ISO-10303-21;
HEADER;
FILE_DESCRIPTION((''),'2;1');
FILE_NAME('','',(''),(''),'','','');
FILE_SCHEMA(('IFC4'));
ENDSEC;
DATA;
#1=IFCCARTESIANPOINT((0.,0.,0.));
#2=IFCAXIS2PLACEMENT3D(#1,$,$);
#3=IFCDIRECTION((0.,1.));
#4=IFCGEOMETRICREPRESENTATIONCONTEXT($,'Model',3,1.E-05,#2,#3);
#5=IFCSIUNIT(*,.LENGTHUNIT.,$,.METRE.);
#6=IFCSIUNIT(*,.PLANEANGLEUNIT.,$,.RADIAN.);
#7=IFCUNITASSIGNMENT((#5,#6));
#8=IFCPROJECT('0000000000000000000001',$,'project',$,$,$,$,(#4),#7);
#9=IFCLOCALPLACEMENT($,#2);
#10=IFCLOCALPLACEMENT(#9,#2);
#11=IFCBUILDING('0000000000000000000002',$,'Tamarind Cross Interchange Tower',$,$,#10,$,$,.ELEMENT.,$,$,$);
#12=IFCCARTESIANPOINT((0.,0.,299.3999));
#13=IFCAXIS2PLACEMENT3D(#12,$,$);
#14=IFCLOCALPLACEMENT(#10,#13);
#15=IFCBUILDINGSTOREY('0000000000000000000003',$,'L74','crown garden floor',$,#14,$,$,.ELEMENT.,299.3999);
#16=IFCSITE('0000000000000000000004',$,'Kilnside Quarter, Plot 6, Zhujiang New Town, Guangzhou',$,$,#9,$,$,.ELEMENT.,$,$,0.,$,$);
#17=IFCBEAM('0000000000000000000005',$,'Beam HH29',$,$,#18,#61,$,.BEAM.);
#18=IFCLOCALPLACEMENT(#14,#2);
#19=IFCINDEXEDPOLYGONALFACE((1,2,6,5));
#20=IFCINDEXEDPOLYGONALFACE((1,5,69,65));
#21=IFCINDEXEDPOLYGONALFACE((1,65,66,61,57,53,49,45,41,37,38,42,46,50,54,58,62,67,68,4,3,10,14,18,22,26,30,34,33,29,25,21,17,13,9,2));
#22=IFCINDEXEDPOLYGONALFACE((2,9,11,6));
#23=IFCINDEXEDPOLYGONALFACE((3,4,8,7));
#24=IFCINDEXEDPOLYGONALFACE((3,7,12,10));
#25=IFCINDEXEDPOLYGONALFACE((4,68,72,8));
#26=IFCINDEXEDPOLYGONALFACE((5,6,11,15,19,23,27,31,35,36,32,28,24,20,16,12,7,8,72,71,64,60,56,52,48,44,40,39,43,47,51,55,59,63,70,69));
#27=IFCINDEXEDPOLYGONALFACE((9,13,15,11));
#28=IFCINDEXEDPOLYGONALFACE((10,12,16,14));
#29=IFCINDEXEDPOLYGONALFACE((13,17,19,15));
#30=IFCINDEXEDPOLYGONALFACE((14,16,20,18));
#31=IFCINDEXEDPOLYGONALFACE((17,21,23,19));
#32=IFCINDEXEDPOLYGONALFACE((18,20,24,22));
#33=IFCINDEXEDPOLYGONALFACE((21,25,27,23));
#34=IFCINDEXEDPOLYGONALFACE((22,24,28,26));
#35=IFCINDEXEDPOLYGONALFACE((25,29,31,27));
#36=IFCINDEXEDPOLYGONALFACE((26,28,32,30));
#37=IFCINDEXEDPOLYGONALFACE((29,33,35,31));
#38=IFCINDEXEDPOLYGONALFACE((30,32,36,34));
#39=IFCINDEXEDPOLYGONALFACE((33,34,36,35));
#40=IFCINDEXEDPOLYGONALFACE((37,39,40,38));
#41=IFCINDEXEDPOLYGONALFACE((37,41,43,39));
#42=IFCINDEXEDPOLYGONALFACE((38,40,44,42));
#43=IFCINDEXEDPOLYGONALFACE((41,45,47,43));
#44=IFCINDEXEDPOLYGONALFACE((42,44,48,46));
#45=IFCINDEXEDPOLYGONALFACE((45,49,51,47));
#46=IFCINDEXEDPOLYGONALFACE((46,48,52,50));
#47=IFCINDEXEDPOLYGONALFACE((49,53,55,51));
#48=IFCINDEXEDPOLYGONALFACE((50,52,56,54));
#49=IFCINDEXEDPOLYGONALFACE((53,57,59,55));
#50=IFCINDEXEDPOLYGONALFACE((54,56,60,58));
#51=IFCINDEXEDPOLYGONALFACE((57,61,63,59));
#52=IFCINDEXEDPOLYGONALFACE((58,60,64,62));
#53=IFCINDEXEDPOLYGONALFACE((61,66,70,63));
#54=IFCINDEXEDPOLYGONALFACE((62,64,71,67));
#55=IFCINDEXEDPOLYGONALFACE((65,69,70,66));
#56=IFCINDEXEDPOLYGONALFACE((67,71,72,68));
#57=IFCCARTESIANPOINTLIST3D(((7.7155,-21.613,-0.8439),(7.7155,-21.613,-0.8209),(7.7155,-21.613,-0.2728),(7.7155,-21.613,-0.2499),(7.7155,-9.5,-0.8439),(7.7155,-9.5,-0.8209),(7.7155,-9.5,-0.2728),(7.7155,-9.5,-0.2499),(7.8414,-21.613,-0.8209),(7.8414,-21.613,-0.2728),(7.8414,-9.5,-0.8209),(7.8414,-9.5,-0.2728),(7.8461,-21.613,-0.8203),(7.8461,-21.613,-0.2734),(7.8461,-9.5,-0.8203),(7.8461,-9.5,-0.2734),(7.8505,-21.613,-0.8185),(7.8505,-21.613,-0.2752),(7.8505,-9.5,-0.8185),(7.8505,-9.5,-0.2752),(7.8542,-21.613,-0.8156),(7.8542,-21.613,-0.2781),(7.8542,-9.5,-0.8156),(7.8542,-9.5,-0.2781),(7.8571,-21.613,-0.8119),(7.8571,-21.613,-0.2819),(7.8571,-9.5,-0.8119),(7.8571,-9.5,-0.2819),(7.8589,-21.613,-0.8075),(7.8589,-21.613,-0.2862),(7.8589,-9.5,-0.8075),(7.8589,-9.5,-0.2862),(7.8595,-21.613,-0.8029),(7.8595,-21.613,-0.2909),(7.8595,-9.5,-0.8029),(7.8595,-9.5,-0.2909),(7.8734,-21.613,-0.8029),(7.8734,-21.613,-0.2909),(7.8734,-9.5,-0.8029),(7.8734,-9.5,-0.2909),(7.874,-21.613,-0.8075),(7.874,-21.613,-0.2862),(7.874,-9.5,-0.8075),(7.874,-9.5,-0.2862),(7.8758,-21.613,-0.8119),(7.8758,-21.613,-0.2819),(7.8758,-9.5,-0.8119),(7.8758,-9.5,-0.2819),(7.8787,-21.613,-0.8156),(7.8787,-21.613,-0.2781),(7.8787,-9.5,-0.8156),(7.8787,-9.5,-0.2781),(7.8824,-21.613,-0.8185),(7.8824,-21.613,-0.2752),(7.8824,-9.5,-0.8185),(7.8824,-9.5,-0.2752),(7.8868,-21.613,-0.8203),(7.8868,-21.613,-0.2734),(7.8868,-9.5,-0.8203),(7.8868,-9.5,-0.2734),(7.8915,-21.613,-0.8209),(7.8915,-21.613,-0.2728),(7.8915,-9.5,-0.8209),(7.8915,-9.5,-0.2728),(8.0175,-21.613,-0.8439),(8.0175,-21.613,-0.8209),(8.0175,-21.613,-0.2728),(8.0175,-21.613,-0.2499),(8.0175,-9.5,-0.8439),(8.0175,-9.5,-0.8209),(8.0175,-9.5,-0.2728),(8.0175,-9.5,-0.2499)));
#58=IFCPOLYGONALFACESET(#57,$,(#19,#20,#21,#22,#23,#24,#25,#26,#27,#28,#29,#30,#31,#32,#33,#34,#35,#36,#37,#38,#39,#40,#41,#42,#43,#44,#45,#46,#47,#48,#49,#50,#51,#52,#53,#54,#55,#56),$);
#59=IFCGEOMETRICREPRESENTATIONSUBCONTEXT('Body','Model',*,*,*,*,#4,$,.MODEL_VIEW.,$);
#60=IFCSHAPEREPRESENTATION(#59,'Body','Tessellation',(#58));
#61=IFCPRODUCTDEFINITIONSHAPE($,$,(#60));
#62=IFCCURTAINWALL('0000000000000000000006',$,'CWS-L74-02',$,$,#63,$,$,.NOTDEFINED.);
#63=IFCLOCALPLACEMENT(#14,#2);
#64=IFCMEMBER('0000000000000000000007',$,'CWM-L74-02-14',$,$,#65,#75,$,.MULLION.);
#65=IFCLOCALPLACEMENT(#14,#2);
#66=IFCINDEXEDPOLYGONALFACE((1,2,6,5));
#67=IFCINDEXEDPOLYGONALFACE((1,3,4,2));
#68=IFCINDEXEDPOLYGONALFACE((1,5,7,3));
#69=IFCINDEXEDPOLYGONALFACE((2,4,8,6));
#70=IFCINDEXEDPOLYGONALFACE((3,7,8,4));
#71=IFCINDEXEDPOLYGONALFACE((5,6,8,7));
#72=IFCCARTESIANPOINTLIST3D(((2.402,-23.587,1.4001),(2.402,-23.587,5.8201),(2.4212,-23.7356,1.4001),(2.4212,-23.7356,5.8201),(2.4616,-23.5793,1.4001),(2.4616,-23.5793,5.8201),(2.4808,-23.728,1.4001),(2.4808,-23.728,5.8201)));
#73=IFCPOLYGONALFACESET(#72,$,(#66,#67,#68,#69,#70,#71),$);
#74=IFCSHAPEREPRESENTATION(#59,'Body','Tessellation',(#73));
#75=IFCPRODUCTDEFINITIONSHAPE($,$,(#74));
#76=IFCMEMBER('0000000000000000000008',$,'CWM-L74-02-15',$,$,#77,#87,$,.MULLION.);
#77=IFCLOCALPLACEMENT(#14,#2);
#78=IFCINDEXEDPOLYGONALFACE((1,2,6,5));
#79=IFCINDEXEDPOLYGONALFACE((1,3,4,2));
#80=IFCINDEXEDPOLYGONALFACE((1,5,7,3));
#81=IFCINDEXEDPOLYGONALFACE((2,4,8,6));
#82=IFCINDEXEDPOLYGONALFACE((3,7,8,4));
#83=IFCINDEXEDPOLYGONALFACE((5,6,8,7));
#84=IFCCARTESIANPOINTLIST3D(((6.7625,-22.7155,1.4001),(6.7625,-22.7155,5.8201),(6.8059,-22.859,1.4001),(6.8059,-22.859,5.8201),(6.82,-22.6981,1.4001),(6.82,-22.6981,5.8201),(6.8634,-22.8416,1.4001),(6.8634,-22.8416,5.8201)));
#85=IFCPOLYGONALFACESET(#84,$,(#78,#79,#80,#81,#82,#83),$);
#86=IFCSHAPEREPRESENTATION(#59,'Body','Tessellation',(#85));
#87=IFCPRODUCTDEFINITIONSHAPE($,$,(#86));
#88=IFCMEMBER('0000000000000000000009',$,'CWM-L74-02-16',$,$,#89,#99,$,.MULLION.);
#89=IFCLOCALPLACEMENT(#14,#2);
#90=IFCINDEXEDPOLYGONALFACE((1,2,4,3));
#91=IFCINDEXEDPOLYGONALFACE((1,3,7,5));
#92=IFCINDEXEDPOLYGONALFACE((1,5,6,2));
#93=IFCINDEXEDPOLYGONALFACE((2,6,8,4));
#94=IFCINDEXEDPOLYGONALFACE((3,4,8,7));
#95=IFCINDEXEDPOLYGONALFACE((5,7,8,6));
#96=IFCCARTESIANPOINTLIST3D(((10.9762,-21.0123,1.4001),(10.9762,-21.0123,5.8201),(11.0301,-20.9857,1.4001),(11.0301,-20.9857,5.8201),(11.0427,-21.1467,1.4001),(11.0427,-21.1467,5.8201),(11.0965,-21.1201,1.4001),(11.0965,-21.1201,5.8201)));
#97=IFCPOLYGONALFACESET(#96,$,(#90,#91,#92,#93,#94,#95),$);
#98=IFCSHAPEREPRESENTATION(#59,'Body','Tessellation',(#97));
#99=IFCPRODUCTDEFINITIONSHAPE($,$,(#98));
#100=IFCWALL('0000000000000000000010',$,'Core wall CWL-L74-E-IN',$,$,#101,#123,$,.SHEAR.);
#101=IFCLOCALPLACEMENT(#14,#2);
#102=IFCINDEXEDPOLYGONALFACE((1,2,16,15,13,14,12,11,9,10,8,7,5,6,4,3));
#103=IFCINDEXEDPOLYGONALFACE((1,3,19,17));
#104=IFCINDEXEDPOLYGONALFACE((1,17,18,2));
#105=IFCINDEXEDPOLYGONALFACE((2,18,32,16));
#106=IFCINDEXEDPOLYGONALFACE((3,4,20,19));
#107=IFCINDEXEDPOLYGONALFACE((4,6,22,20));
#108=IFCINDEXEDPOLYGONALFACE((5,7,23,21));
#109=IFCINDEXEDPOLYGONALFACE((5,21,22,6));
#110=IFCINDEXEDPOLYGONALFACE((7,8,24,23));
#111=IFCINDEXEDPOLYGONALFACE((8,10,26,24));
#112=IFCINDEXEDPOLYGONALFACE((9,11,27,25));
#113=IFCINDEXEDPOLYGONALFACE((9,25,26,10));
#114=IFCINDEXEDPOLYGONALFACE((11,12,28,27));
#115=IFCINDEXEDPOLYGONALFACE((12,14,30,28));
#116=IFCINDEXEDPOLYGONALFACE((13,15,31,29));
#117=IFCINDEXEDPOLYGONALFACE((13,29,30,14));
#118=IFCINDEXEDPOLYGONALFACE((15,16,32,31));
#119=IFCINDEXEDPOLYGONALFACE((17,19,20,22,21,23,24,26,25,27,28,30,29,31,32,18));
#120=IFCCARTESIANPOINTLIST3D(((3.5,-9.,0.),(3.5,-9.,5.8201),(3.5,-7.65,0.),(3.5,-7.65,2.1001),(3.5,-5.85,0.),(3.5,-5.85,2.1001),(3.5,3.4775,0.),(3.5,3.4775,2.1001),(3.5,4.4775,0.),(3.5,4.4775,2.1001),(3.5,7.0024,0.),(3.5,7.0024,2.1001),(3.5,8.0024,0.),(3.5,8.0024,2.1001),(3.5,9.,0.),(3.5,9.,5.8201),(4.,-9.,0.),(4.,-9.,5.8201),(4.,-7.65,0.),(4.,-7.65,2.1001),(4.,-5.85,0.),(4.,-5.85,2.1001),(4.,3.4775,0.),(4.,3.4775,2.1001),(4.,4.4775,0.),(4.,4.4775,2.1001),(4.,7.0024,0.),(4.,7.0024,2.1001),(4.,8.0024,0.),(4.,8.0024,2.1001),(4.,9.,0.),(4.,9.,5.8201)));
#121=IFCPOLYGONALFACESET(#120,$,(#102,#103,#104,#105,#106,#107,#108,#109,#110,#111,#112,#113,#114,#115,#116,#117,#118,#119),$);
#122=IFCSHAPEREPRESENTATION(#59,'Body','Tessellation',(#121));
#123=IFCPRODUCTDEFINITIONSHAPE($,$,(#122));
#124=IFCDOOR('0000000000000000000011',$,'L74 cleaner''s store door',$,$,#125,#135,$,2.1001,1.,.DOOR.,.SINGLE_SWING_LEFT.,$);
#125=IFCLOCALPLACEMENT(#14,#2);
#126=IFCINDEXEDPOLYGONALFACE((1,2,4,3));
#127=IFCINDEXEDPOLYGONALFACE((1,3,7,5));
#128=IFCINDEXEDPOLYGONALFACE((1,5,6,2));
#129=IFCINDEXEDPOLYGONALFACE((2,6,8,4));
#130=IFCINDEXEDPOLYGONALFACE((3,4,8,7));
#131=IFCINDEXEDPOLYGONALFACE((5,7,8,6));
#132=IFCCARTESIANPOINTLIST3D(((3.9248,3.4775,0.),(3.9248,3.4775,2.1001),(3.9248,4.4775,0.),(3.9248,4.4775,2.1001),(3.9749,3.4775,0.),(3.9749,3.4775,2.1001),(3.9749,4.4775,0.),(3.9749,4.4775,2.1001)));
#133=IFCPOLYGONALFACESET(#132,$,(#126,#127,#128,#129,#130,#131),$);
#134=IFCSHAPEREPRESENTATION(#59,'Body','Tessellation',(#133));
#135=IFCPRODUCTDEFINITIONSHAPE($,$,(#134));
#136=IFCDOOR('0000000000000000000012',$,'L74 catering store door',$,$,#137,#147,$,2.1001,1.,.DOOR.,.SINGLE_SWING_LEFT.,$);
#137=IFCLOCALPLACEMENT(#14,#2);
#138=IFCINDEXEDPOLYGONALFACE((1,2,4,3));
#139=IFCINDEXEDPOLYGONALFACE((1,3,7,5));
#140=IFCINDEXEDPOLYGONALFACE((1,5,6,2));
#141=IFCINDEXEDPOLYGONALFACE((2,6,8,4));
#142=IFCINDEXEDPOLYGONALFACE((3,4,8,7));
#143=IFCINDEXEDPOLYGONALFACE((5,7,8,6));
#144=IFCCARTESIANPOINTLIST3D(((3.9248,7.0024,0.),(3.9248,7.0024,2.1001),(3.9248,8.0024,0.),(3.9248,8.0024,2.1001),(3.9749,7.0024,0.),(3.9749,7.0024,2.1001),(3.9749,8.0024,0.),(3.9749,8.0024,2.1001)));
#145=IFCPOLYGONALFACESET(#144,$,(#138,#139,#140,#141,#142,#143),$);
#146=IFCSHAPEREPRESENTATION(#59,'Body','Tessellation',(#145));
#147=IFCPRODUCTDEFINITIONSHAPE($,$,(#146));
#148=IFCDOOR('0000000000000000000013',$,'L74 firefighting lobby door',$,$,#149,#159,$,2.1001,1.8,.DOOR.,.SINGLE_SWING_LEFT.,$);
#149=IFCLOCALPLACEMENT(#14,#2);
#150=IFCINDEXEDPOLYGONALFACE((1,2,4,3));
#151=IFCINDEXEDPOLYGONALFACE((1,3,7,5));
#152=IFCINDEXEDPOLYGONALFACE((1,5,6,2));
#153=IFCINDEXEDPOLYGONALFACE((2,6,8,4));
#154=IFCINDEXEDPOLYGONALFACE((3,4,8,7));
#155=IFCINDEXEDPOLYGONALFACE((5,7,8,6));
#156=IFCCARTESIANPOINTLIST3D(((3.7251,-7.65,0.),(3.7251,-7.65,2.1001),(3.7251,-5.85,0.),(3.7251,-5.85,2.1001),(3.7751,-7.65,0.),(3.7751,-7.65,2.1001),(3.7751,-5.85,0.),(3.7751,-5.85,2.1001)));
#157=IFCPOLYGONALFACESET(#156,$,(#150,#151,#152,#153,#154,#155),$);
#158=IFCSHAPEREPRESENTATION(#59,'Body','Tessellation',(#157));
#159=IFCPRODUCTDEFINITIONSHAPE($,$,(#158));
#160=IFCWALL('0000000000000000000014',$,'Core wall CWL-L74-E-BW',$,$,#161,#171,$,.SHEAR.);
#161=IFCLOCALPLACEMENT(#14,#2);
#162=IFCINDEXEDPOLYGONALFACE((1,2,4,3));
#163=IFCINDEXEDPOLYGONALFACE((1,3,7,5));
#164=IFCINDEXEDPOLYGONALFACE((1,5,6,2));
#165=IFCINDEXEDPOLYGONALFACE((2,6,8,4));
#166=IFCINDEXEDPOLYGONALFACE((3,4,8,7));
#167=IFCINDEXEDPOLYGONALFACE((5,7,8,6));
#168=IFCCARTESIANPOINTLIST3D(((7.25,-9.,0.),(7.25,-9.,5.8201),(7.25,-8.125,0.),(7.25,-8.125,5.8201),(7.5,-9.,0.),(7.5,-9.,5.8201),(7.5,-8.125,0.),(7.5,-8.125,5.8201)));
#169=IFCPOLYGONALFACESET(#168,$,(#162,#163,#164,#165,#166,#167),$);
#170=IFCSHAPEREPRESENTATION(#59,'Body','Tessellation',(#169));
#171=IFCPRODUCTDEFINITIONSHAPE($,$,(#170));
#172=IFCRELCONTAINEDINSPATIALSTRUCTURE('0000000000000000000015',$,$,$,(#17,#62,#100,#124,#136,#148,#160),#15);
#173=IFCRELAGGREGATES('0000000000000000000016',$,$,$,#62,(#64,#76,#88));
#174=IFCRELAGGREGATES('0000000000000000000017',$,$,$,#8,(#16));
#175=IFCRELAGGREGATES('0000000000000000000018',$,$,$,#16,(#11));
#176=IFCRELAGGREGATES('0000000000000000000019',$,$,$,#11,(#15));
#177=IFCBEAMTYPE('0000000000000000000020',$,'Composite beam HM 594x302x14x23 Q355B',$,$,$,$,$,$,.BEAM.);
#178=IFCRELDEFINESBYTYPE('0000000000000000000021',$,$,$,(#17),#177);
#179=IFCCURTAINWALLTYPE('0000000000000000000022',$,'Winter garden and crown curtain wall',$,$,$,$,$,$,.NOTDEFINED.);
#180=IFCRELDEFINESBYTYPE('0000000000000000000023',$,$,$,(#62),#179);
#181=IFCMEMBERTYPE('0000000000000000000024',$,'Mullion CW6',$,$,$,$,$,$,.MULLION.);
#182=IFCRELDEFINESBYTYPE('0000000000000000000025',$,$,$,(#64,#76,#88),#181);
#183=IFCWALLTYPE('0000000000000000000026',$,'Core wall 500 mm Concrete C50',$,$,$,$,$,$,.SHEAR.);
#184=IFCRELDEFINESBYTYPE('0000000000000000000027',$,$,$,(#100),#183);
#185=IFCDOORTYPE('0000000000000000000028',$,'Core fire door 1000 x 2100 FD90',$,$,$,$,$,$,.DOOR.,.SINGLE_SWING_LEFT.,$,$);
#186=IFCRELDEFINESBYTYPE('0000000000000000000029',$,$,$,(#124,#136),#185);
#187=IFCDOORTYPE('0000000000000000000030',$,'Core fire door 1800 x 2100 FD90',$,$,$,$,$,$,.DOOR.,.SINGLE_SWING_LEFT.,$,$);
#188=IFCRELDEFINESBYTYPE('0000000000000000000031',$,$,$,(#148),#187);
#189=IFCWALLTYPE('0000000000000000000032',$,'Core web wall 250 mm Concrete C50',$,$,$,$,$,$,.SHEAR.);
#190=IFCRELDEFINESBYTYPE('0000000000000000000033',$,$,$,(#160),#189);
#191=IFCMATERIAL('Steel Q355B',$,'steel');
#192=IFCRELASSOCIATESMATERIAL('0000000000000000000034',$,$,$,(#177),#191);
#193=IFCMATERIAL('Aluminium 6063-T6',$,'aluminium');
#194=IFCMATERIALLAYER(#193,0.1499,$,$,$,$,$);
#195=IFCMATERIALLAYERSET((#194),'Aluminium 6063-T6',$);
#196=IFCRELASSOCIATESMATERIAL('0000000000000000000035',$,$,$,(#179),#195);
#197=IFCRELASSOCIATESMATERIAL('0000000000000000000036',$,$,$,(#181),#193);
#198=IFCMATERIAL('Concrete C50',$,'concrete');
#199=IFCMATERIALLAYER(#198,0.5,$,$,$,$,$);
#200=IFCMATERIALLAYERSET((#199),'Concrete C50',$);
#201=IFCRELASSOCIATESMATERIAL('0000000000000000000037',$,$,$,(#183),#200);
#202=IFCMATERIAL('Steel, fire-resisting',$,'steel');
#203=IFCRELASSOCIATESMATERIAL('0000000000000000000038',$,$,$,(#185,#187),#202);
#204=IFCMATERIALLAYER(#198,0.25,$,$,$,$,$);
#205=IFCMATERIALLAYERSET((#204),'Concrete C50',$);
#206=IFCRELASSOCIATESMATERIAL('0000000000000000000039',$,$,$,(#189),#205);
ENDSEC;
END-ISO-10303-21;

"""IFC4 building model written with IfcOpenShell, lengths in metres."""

from ifc_helpers import new_model, si_unit, direction, frame, frame_2d, origin, origin_2d, place, context, subcontext, project, spatial, rectangle, i_section, extrude, material, layer, layer_set, material_profile, profile_set, type_object, element, fill, aggregate, save


model = new_model("IFC4")

# Units and contexts
model_context = context("Model", 3, precision=1e-05, world=origin(), true_north=direction((0.0, 1.0)))
body_context = subcontext(model_context, "Body", "Model", "MODEL_VIEW")
ifc_project = project(units=[si_unit("LENGTHUNIT", "METRE"), si_unit("PLANEANGLEUNIT", "RADIAN")], contexts=[model_context])

# Site, building, storey
site_placement = place(None, origin())
site = spatial("IfcSite", under=ifc_project, at=site_placement, Name="Kilnside Quarter, Plot 6, Zhujiang New Town, Guangzhou", CompositionType="ELEMENT", RefElevation=0.0)
building_placement = place(site_placement, origin())
building = spatial("IfcBuilding", under=site, at=building_placement, Name="Tamarind Cross Interchange Tower", CompositionType="ELEMENT")
storey_placement = place(building_placement, frame((0.0, 0.0, 299.3999)))
storey = spatial("IfcBuildingStorey", under=building, at=storey_placement, Name="L74", Description="crown garden floor", CompositionType="ELEMENT", Elevation=299.3999)

# Beam
ifc_material_1 = material(Name="Steel Q355B", Category="steel")
ifc_material_profile_1 = material_profile(ifc_material_1, i_section(OverallWidth=0.302, OverallDepth=0.594, WebThickness=0.0139, FlangeThickness=0.0229, FilletRadius=0.0181, at=origin_2d()), Name="HM 594x302x14x23")
ifc_profile_set_1 = profile_set([ifc_material_profile_1], Name="Steel Q355B")
beam_type = type_object("IfcBeamType", Name="Composite beam HM 594x302x14x23 Q355B", PredefinedType="BEAM", material=ifc_profile_set_1)
beam_1_placement = place(storey_placement, frame((7.8665, -21.613, -0.5469), z_axis=(0.0, 1.0, 0.0), x_axis=(-1.0, 0.0, 0.0)))
element("IfcBeam", 1, at=beam_1_placement, inside=storey, type_object=beam_type, Name="Beam HH29", PredefinedType="BEAM", context=body_context, shape_type="SweptSolid", body=[
    extrude(i_section(OverallWidth=0.302, OverallDepth=0.594, WebThickness=0.0139, FlangeThickness=0.0229, FilletRadius=0.0181, at=origin_2d()), origin(), (0.0, 0.0, 1.0), 12.113),
])

# Curtain wall, members
ifc_material_2 = material(Name="Aluminium 6063-T6", Category="aluminium")
ifc_layer_1 = layer(ifc_material_2, 0.1499)
ifc_layer_set_1 = layer_set([ifc_layer_1], Name="Aluminium 6063-T6")
curtain_wall_type = type_object("IfcCurtainWallType", Name="Winter garden and crown curtain wall", PredefinedType="NOTDEFINED", material=ifc_layer_set_1)
curtain_wall_placement = place(storey_placement, origin())
curtain_wall = element("IfcCurtainWall", 2, at=curtain_wall_placement, inside=storey, type_object=curtain_wall_type, Name="CWS-L74-02", PredefinedType="NOTDEFINED")
ifc_material_profile_2 = material_profile(ifc_material_2, rectangle(XDim=0.0601, YDim=0.1499, at=origin_2d()), Name="Mullion CW6")
ifc_profile_set_2 = profile_set([ifc_material_profile_2], Name="Aluminium 6063-T6")
member_type = type_object("IfcMemberType", Name="Mullion CW6", PredefinedType="MULLION", material=ifc_profile_set_2)
member_1_placement = place(storey_placement, frame((2.4414, -23.6575, 1.4001), z_axis=(0.0, 0.0, 1.0), x_axis=(0.991779, 0.127962, 0.0)))
member_1 = element("IfcMember", 3, at=member_1_placement, type_object=member_type, Name="CWM-L74-02-14", PredefinedType="MULLION", context=body_context, shape_type="SweptSolid", body=[
    extrude(rectangle(XDim=0.0601, YDim=0.1499, at=origin_2d()), origin(), (0.0, 0.0, 1.0), 4.4199),
])
member_2_placement = place(storey_placement, frame((6.813, -22.7786, 1.4001), z_axis=(0.0, 0.0, 1.0), x_axis=(0.957191, 0.289458, 0.0)))
member_2 = element("IfcMember", 4, at=member_2_placement, type_object=member_type, Name="CWM-L74-02-15", PredefinedType="MULLION", context=body_context, shape_type="SweptSolid", body=[
    extrude(rectangle(XDim=0.0601, YDim=0.1499, at=origin_2d()), origin(), (0.0, 0.0, 1.0), 4.4199),
])
member_3_placement = place(storey_placement, frame((11.0364, -21.0662, 1.4001), z_axis=(0.0, 0.0, 1.0), x_axis=(0.896493, 0.443059, 0.0)))
member_3 = element("IfcMember", 5, at=member_3_placement, type_object=member_type, Name="CWM-L74-02-16", PredefinedType="MULLION", context=body_context, shape_type="SweptSolid", body=[
    extrude(rectangle(XDim=0.0601, YDim=0.1499, at=origin_2d()), origin(), (0.0, 0.0, 1.0), 4.4199),
])
aggregate(curtain_wall, [member_1, member_2, member_3])

# Wall, openings, doors
ifc_material_3 = material(Name="Concrete C50", Category="concrete")
ifc_layer_2 = layer(ifc_material_3, 0.5)
ifc_layer_set_2 = layer_set([ifc_layer_2], Name="Concrete C50")
wall_type_1 = type_object("IfcWallType", Name="Core wall 500 mm Concrete C50", PredefinedType="SHEAR", material=ifc_layer_set_2)
wall_1_placement = place(storey_placement, frame((3.75, -9.0, 0.0), z_axis=(0.0, 0.0, 1.0), x_axis=(0.0, 1.0, 0.0)))
wall_1 = element("IfcWall", 6, at=wall_1_placement, inside=storey, type_object=wall_type_1, Name="Core wall CWL-L74-E-IN", PredefinedType="SHEAR", context=body_context, shape_type="SweptSolid", body=[
    extrude(rectangle(XDim=18.0, YDim=0.5, at=frame_2d((9.0, 0.0))), origin(), (0.0, 0.0, 1.0), 5.8201),
])
opening_1_placement = place(wall_1_placement, frame((1.3501, 0.0, 0.0)))
opening_1 = element("IfcOpeningElement", 7, at=opening_1_placement, cuts=wall_1, PredefinedType="OPENING", context=body_context, shape_type="SweptSolid", body=[
    extrude(rectangle(XDim=1.8, YDim=2.1001, at=frame_2d((0.8999, 1.05))), frame((0.0, 0.26, 0.0), z_axis=(0.0, -1.0, 0.0), x_axis=(1.0, 0.0, 0.0)), (0.0, 0.0, 1.0), 0.52),
])
opening_2_placement = place(wall_1_placement, frame((12.4775, 0.0, 0.0)))
opening_2 = element("IfcOpeningElement", 8, at=opening_2_placement, cuts=wall_1, PredefinedType="OPENING", context=body_context, shape_type="SweptSolid", body=[
    extrude(rectangle(XDim=1.0, YDim=2.1001, at=frame_2d((0.5, 1.05))), frame((0.0, 0.26, 0.0), z_axis=(0.0, -1.0, 0.0), x_axis=(1.0, 0.0, 0.0)), (0.0, 0.0, 1.0), 0.52),
])
opening_3_placement = place(wall_1_placement, frame((16.0024, 0.0, 0.0)))
opening_3 = element("IfcOpeningElement", 9, at=opening_3_placement, cuts=wall_1, PredefinedType="OPENING", context=body_context, shape_type="SweptSolid", body=[
    extrude(rectangle(XDim=1.0, YDim=2.1001, at=frame_2d((0.5, 1.05))), frame((0.0, 0.26, 0.0), z_axis=(0.0, -1.0, 0.0), x_axis=(1.0, 0.0, 0.0)), (0.0, 0.0, 1.0), 0.52),
])
ifc_material_4 = material(Name="Steel, fire-resisting", Category="steel")
door_type_1 = type_object("IfcDoorType", Name="Core fire door 1000 x 2100 FD90", OperationType="SINGLE_SWING_LEFT", PredefinedType="DOOR", material=ifc_material_4)
door_1_placement = place(opening_2_placement, origin())
door_1 = element("IfcDoor", 10, at=door_1_placement, inside=storey, type_object=door_type_1, Name="L74 cleaner's store door", OperationType="SINGLE_SWING_LEFT", OverallHeight=2.1001, OverallWidth=1.0, PredefinedType="DOOR", context=body_context, shape_type="SweptSolid", body=[
    extrude(rectangle(XDim=1.0, YDim=2.1001, at=frame_2d((0.5, 1.05))), frame((0.0, -0.1748, 0.0), z_axis=(0.0, -1.0, 0.0), x_axis=(1.0, 0.0, 0.0)), (0.0, 0.0, 1.0), 0.05),
])
fill(opening_2, door_1)
door_2_placement = place(opening_3_placement, origin())
door_2 = element("IfcDoor", 11, at=door_2_placement, inside=storey, type_object=door_type_1, Name="L74 catering store door", OperationType="SINGLE_SWING_LEFT", OverallHeight=2.1001, OverallWidth=1.0, PredefinedType="DOOR", context=body_context, shape_type="SweptSolid", body=[
    extrude(rectangle(XDim=1.0, YDim=2.1001, at=frame_2d((0.5, 1.05))), frame((0.0, -0.1748, 0.0), z_axis=(0.0, -1.0, 0.0), x_axis=(1.0, 0.0, 0.0)), (0.0, 0.0, 1.0), 0.05),
])
fill(opening_3, door_2)
door_type_2 = type_object("IfcDoorType", Name="Core fire door 1800 x 2100 FD90", OperationType="SINGLE_SWING_LEFT", PredefinedType="DOOR", material=ifc_material_4)
door_3_placement = place(opening_1_placement, origin())
door_3 = element("IfcDoor", 12, at=door_3_placement, inside=storey, type_object=door_type_2, Name="L74 firefighting lobby door", OperationType="SINGLE_SWING_LEFT", OverallHeight=2.1001, OverallWidth=1.8, PredefinedType="DOOR", context=body_context, shape_type="SweptSolid", body=[
    extrude(rectangle(XDim=1.8, YDim=2.1001, at=frame_2d((0.8999, 1.05))), frame((0.0, 0.0249, 0.0), z_axis=(0.0, -1.0, 0.0), x_axis=(1.0, 0.0, 0.0)), (0.0, 0.0, 1.0), 0.05),
])
fill(opening_1, door_3)

# Wall
ifc_layer_3 = layer(ifc_material_3, 0.25)
ifc_layer_set_3 = layer_set([ifc_layer_3], Name="Concrete C50")
wall_type_2 = type_object("IfcWallType", Name="Core web wall 250 mm Concrete C50", PredefinedType="SHEAR", material=ifc_layer_set_3)
wall_2_placement = place(storey_placement, frame((7.375, -9.0, 0.0), z_axis=(0.0, 0.0, 1.0), x_axis=(0.0, 1.0, 0.0)))
element("IfcWall", 13, at=wall_2_placement, inside=storey, type_object=wall_type_2, Name="Core wall CWL-L74-E-BW", PredefinedType="SHEAR", context=body_context, shape_type="SweptSolid", body=[
    extrude(rectangle(XDim=0.875, YDim=0.25, at=frame_2d((0.4375, 0.0))), origin(), (0.0, 0.0, 1.0), 5.8201),
])

save(model, "model.ifc")
